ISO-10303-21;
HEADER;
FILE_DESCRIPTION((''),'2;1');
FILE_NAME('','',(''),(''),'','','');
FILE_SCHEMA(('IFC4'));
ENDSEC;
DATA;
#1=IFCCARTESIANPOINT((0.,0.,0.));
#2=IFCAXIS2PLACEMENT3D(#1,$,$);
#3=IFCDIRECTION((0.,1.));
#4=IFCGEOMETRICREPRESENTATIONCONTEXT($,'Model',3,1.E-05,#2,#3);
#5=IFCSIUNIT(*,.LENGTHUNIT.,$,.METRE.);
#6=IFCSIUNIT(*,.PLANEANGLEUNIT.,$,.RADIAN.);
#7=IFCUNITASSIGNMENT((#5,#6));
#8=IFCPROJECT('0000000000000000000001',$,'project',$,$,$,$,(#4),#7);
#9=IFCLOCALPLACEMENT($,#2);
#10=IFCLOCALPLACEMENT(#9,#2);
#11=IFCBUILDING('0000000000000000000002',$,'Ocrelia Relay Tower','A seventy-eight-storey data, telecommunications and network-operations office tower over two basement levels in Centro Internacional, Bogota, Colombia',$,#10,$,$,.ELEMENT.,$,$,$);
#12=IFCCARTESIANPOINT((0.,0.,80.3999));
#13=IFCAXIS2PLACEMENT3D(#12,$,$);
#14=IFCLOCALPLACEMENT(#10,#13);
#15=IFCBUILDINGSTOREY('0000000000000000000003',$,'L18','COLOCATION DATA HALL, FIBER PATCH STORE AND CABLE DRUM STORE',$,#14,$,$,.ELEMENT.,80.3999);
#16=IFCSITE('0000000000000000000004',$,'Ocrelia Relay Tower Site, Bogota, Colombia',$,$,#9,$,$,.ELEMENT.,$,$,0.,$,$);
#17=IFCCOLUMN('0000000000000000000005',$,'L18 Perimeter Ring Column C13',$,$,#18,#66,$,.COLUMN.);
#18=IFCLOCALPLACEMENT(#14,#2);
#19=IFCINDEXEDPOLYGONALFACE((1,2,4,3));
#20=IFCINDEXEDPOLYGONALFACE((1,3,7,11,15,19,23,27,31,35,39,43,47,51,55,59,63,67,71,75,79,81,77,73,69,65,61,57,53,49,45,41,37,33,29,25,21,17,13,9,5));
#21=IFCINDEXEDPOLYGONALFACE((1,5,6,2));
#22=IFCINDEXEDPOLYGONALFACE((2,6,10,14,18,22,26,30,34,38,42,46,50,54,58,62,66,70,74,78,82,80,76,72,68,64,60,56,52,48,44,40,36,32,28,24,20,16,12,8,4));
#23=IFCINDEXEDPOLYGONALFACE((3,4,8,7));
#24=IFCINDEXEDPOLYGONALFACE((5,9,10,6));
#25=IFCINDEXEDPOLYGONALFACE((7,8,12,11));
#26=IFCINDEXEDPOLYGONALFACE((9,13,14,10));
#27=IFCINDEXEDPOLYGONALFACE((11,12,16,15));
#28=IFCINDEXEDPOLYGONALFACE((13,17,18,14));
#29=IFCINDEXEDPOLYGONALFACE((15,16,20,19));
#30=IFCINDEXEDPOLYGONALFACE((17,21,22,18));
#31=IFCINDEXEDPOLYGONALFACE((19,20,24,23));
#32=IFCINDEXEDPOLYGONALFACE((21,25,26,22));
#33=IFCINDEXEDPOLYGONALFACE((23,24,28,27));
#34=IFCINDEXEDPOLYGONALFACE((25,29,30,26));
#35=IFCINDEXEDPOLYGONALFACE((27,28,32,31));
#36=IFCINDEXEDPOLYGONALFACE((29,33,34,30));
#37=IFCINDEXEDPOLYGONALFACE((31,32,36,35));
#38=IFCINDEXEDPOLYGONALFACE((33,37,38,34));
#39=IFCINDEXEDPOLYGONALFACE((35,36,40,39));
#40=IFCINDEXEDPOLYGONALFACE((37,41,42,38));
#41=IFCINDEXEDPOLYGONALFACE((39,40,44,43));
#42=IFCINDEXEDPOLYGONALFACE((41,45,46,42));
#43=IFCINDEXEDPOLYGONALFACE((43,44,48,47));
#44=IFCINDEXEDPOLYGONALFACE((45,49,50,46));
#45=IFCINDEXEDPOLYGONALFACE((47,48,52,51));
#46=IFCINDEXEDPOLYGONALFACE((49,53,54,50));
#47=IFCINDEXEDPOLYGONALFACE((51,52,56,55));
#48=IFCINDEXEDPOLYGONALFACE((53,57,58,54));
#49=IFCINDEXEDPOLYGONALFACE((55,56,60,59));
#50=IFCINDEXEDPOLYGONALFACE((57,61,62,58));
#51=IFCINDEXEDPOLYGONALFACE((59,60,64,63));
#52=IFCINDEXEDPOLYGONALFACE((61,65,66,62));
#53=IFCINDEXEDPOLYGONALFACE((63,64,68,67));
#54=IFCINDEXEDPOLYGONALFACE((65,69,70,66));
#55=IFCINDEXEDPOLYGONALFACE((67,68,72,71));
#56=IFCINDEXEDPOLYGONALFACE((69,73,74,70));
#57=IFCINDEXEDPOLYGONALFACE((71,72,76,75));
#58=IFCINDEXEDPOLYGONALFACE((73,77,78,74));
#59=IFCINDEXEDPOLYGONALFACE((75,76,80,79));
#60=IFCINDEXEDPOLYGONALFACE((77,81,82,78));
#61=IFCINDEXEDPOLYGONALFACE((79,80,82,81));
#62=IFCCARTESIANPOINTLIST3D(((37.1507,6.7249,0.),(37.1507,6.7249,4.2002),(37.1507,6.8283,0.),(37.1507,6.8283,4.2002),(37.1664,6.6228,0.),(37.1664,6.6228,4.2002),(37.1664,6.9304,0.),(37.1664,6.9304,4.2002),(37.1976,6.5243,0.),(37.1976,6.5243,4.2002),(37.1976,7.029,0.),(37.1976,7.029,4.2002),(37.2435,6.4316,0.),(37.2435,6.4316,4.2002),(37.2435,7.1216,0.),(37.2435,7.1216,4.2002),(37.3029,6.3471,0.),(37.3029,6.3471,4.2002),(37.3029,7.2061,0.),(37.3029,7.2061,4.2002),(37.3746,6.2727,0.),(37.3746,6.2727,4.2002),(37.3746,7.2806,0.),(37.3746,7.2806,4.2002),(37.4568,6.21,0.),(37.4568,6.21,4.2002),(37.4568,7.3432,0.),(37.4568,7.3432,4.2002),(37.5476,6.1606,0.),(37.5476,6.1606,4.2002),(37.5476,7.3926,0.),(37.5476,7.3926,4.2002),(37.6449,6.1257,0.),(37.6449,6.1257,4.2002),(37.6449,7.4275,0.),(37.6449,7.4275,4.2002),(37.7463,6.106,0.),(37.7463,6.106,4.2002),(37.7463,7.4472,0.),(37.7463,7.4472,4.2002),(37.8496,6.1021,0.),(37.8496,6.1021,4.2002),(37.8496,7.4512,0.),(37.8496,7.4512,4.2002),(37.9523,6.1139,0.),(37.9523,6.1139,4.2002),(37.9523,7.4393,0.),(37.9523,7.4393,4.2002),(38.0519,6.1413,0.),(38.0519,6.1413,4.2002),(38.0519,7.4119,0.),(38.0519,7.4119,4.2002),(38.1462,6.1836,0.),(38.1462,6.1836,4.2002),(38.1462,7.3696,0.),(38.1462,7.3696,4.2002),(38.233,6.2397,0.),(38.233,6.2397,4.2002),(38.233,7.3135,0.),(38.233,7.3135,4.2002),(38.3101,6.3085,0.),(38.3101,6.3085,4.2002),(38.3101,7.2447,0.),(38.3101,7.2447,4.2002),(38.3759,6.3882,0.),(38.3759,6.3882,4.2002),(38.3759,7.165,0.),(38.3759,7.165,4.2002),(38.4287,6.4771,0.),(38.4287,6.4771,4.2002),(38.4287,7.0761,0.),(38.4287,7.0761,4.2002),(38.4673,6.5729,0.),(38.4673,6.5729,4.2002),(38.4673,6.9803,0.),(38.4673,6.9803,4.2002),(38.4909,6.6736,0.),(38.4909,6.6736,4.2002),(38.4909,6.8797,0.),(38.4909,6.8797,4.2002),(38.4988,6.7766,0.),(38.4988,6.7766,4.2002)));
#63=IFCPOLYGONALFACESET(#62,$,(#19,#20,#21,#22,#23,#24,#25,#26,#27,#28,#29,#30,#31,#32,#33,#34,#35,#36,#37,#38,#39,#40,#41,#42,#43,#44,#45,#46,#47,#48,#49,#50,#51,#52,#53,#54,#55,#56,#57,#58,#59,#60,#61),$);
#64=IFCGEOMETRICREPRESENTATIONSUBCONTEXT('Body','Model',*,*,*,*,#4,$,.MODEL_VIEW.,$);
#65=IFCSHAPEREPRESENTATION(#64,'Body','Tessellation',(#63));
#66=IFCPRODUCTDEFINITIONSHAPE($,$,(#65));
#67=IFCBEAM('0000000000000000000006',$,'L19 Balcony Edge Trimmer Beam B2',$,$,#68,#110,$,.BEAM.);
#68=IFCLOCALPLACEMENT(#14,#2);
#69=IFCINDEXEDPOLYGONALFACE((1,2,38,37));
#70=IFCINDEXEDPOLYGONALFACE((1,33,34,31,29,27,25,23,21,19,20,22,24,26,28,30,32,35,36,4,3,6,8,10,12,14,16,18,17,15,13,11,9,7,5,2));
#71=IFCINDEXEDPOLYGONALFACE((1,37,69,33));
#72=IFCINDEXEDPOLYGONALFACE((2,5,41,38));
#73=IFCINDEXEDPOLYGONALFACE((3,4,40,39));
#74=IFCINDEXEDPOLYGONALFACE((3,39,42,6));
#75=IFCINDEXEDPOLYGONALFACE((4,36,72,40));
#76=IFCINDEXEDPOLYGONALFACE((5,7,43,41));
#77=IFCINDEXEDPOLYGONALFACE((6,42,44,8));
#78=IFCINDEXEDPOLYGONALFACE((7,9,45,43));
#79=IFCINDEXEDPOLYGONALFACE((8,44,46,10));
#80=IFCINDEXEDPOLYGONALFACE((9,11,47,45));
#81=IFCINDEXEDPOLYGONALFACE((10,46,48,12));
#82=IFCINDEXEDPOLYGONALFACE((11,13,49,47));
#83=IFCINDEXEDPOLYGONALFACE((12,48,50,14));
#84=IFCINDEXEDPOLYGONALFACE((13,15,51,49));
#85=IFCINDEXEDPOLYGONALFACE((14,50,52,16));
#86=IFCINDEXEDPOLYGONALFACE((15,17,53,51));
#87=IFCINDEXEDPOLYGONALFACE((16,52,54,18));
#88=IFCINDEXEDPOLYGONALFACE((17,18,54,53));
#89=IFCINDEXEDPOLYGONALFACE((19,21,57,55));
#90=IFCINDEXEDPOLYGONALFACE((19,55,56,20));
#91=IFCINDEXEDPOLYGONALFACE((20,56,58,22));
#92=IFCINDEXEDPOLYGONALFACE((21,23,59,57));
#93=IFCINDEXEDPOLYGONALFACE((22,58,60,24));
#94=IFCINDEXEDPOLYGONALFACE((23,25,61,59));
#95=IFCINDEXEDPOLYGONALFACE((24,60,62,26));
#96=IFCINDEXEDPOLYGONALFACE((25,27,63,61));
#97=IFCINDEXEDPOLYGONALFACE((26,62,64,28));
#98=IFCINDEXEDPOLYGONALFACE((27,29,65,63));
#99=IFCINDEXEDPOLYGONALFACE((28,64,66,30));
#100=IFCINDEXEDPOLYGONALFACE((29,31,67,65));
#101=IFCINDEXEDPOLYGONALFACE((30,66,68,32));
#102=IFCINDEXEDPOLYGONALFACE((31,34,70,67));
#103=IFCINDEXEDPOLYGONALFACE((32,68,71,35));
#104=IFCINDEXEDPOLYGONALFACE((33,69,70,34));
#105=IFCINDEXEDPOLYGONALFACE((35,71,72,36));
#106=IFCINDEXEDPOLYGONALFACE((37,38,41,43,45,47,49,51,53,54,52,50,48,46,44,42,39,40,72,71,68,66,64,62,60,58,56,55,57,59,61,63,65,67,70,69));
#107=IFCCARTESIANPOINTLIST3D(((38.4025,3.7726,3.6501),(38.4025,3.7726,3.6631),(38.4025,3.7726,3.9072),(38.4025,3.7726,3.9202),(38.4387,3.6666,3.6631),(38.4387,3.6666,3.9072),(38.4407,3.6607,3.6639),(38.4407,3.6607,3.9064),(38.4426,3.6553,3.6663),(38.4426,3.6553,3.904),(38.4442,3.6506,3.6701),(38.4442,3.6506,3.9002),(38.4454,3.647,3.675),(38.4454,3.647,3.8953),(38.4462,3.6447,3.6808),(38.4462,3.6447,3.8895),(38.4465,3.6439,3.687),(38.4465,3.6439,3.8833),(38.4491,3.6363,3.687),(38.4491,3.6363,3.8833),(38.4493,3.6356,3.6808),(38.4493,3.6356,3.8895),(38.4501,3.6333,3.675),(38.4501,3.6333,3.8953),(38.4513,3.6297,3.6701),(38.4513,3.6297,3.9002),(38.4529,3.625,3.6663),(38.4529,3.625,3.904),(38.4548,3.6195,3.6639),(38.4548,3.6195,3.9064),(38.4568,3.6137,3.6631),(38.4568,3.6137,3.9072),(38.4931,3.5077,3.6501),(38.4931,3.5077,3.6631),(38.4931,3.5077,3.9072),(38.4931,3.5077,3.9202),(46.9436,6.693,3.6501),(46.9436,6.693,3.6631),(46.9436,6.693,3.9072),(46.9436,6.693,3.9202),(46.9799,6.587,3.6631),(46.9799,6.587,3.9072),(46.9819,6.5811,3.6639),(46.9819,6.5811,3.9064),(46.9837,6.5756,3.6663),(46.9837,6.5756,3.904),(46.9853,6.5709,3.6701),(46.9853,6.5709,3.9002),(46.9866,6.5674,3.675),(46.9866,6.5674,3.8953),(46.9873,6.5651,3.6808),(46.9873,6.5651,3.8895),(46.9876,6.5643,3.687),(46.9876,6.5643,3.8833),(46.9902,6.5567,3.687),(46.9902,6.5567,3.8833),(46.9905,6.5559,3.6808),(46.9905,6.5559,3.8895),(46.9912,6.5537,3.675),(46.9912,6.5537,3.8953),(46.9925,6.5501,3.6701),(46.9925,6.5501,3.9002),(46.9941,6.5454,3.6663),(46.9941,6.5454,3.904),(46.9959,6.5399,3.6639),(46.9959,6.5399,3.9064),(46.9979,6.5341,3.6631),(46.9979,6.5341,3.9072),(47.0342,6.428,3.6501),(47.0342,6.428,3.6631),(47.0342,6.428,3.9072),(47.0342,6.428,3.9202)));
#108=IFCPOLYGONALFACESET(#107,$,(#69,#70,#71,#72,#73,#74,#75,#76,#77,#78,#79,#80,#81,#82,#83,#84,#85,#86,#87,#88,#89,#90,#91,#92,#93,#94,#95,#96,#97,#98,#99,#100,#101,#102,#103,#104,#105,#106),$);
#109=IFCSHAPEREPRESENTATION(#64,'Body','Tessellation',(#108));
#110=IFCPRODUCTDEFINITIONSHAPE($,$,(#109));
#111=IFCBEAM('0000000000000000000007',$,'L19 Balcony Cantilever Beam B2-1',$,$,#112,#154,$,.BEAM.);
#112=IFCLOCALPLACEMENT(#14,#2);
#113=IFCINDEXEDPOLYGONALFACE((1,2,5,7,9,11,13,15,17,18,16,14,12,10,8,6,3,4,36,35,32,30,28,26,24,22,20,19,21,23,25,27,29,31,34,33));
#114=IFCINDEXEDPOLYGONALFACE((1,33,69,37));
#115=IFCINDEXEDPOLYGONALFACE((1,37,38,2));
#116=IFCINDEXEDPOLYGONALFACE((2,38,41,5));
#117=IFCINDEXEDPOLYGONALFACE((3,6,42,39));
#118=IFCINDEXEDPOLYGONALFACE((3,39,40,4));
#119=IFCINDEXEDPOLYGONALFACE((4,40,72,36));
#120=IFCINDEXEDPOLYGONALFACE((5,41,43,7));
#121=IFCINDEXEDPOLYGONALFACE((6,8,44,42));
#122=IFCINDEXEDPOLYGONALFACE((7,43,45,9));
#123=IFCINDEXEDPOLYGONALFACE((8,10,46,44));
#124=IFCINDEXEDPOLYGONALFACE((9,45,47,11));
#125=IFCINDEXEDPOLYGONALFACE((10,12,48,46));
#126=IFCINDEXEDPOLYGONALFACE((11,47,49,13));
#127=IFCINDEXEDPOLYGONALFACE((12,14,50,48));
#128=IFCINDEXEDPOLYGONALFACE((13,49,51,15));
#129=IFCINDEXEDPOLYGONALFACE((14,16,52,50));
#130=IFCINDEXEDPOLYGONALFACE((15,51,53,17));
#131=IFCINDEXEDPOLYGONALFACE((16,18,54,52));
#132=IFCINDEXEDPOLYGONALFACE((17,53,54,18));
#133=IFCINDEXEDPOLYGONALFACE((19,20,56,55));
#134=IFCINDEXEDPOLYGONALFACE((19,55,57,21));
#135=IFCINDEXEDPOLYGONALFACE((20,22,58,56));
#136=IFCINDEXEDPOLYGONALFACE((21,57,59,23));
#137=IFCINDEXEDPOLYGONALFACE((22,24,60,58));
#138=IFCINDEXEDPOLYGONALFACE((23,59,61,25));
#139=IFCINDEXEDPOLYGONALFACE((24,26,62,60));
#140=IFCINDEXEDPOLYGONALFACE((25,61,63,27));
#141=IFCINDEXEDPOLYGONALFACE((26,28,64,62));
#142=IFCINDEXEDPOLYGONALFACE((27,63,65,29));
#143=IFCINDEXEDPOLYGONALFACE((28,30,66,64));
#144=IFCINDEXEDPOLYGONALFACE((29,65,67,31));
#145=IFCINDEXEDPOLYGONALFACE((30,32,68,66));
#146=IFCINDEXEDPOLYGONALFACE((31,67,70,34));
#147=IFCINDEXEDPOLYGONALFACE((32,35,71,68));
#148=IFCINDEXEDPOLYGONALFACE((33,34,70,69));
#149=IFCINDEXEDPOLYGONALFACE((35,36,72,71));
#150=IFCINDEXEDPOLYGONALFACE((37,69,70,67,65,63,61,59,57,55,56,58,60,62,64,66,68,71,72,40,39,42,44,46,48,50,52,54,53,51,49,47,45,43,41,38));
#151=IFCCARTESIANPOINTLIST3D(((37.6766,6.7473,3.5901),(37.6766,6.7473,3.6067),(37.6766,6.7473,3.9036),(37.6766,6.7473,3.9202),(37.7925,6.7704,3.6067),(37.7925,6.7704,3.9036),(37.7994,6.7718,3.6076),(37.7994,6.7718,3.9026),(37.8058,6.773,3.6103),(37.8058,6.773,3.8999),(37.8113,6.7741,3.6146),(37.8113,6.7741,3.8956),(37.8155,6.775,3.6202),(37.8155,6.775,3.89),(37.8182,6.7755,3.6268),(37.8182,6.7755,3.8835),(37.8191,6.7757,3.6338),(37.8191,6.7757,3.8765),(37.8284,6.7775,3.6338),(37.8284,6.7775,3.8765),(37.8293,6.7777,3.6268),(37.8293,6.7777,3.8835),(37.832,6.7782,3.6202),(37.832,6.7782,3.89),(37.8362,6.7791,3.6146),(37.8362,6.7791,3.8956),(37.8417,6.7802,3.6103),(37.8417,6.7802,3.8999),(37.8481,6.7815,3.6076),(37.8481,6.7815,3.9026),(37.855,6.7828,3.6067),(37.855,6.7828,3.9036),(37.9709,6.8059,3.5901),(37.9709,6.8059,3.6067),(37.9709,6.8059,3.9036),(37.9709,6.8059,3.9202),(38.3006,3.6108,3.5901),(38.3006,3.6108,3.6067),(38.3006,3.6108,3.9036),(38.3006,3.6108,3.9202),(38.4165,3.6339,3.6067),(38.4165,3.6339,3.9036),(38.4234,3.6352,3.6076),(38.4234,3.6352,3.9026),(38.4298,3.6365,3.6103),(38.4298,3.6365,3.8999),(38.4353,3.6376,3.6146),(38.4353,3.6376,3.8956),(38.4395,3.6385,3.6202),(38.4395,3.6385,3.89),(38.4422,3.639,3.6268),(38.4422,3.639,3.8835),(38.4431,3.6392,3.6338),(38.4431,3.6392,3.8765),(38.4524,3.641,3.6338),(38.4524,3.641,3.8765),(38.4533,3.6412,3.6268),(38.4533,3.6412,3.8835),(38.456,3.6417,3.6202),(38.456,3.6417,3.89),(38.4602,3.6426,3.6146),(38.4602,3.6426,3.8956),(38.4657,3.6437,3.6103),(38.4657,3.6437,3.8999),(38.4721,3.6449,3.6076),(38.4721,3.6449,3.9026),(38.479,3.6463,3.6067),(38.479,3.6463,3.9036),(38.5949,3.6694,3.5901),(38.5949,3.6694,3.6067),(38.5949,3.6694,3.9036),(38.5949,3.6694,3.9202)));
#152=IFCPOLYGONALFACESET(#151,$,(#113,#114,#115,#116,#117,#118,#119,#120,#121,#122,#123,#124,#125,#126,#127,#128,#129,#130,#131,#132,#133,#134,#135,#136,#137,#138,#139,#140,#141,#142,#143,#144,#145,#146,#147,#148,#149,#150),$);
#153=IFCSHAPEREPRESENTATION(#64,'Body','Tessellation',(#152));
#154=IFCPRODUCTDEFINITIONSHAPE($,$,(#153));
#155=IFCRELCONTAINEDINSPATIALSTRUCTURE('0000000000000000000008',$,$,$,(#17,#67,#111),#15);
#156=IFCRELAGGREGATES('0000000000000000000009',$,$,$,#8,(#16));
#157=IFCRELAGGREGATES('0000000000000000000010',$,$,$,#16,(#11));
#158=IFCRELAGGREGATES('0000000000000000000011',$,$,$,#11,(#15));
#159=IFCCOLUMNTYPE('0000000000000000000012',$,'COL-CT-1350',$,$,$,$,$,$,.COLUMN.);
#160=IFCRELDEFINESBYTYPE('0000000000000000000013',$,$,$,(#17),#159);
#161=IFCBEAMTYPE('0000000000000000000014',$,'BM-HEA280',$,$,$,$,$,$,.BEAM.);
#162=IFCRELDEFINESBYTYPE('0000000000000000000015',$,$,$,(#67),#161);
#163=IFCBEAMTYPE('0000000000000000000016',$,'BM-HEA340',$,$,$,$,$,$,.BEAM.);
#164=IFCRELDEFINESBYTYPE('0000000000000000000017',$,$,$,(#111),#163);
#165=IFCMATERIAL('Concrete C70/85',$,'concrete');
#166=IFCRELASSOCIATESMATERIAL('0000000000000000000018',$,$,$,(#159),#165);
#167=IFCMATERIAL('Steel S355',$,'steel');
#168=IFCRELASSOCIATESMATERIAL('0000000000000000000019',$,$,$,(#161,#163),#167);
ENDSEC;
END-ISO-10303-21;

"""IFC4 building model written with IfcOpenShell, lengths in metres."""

from ifc_helpers import new_model, si_unit, direction, frame, origin, origin_2d, place, context, subcontext, project, spatial, circle, i_section, extrude, material, material_profile, profile_set, type_object, element, save


model = new_model("IFC4")

# Units and contexts
model_context = context("Model", 3, precision=1e-05, world=origin(), true_north=direction((0.0, 1.0)))
body_context = subcontext(model_context, "Body", "Model", "MODEL_VIEW")
ifc_project = project(units=[si_unit("LENGTHUNIT", "METRE"), si_unit("PLANEANGLEUNIT", "RADIAN")], contexts=[model_context])

# Site, building, storey
site_placement = place(None, origin())
site = spatial("IfcSite", under=ifc_project, at=site_placement, Name="Ocrelia Relay Tower Site, Bogota, Colombia", CompositionType="ELEMENT", RefElevation=0.0)
building_placement = place(site_placement, origin())
building = spatial("IfcBuilding", under=site, at=building_placement, Name="Ocrelia Relay Tower", Description="A seventy-eight-storey data, telecommunications and network-operations office tower over two basement levels in Centro Internacional, Bogota, Colombia", CompositionType="ELEMENT")
storey_placement = place(building_placement, frame((0.0, 0.0, 80.3999)))
storey = spatial("IfcBuildingStorey", under=building, at=storey_placement, Name="L18", Description="COLOCATION DATA HALL, FIBER PATCH STORE AND CABLE DRUM STORE", CompositionType="ELEMENT", Elevation=80.3999)

# Column
ifc_material_1 = material(Name="Concrete C70/85", Category="concrete")
ifc_material_profile_1 = material_profile(ifc_material_1, circle(Radius=0.675, at=origin_2d()), Name="RC-CIR-1350")
ifc_profile_set_1 = profile_set([ifc_material_profile_1], Name="Concrete C70/85")
column_type = type_object("IfcColumnType", Name="COL-CT-1350", PredefinedType="COLUMN", material=ifc_profile_set_1)
column_placement = place(storey_placement, frame((37.8237, 6.7766, 0.0), z_axis=(0.0, 0.0, 1.0), x_axis=(1.0, 0.0, 0.0)))
element("IfcColumn", 1, at=column_placement, inside=storey, type_object=column_type, Name="L18 Perimeter Ring Column C13", PredefinedType="COLUMN", context=body_context, shape_type="SweptSolid", body=[
    extrude(circle(Radius=0.675, at=origin_2d()), origin(), (0.0, 0.0, 1.0), 4.2002),
])

# Beams
ifc_material_2 = material(Name="Steel S355", Category="steel")
ifc_material_profile_2 = material_profile(ifc_material_2, i_section(OverallWidth=0.28, OverallDepth=0.27, WebThickness=0.0081, FlangeThickness=0.0129, FilletRadius=0.0239, at=origin_2d()), Name="HEA 280")
ifc_profile_set_2 = profile_set([ifc_material_profile_2], Name="Steel S355")
beam_type_1 = type_object("IfcBeamType", Name="BM-HEA280", PredefinedType="BEAM", material=ifc_profile_set_2)
beam_1_placement = place(storey_placement, frame((38.4478, 3.6401, 3.7852), z_axis=(0.946218, 0.323529, 0.0), x_axis=(-0.323529, 0.946218, 0.0)))
element("IfcBeam", 2, at=beam_1_placement, inside=storey, type_object=beam_type_1, Name="L19 Balcony Edge Trimmer Beam B2", PredefinedType="BEAM", context=body_context, shape_type="SweptSolid", body=[
    extrude(i_section(OverallWidth=0.28, OverallDepth=0.27, WebThickness=0.0081, FlangeThickness=0.0129, FilletRadius=0.0239, at=origin_2d()), origin(), (0.0, 0.0, 1.0), 9.0266),
])
ifc_material_profile_3 = material_profile(ifc_material_2, i_section(OverallWidth=0.3, OverallDepth=0.3301, WebThickness=0.0095, FlangeThickness=0.0166, FilletRadius=0.0271, at=origin_2d()), Name="HEA 340")
ifc_profile_set_3 = profile_set([ifc_material_profile_3], Name="Steel S355")
beam_type_2 = type_object("IfcBeamType", Name="BM-HEA340", PredefinedType="BEAM", material=ifc_profile_set_3)
beam_2_placement = place(storey_placement, frame((37.8237, 6.7766, 3.7551), z_axis=(0.195132, -0.980777, 0.0), x_axis=(0.980777, 0.195132, 0.0)))
element("IfcBeam", 3, at=beam_2_placement, inside=storey, type_object=beam_type_2, Name="L19 Balcony Cantilever Beam B2-1", PredefinedType="BEAM", context=body_context, shape_type="SweptSolid", body=[
    extrude(i_section(OverallWidth=0.3, OverallDepth=0.3301, WebThickness=0.0095, FlangeThickness=0.0166, FilletRadius=0.0271, at=origin_2d()), origin(), (0.0, 0.0, 1.0), 3.198),
])

save(model, "model.ifc")
